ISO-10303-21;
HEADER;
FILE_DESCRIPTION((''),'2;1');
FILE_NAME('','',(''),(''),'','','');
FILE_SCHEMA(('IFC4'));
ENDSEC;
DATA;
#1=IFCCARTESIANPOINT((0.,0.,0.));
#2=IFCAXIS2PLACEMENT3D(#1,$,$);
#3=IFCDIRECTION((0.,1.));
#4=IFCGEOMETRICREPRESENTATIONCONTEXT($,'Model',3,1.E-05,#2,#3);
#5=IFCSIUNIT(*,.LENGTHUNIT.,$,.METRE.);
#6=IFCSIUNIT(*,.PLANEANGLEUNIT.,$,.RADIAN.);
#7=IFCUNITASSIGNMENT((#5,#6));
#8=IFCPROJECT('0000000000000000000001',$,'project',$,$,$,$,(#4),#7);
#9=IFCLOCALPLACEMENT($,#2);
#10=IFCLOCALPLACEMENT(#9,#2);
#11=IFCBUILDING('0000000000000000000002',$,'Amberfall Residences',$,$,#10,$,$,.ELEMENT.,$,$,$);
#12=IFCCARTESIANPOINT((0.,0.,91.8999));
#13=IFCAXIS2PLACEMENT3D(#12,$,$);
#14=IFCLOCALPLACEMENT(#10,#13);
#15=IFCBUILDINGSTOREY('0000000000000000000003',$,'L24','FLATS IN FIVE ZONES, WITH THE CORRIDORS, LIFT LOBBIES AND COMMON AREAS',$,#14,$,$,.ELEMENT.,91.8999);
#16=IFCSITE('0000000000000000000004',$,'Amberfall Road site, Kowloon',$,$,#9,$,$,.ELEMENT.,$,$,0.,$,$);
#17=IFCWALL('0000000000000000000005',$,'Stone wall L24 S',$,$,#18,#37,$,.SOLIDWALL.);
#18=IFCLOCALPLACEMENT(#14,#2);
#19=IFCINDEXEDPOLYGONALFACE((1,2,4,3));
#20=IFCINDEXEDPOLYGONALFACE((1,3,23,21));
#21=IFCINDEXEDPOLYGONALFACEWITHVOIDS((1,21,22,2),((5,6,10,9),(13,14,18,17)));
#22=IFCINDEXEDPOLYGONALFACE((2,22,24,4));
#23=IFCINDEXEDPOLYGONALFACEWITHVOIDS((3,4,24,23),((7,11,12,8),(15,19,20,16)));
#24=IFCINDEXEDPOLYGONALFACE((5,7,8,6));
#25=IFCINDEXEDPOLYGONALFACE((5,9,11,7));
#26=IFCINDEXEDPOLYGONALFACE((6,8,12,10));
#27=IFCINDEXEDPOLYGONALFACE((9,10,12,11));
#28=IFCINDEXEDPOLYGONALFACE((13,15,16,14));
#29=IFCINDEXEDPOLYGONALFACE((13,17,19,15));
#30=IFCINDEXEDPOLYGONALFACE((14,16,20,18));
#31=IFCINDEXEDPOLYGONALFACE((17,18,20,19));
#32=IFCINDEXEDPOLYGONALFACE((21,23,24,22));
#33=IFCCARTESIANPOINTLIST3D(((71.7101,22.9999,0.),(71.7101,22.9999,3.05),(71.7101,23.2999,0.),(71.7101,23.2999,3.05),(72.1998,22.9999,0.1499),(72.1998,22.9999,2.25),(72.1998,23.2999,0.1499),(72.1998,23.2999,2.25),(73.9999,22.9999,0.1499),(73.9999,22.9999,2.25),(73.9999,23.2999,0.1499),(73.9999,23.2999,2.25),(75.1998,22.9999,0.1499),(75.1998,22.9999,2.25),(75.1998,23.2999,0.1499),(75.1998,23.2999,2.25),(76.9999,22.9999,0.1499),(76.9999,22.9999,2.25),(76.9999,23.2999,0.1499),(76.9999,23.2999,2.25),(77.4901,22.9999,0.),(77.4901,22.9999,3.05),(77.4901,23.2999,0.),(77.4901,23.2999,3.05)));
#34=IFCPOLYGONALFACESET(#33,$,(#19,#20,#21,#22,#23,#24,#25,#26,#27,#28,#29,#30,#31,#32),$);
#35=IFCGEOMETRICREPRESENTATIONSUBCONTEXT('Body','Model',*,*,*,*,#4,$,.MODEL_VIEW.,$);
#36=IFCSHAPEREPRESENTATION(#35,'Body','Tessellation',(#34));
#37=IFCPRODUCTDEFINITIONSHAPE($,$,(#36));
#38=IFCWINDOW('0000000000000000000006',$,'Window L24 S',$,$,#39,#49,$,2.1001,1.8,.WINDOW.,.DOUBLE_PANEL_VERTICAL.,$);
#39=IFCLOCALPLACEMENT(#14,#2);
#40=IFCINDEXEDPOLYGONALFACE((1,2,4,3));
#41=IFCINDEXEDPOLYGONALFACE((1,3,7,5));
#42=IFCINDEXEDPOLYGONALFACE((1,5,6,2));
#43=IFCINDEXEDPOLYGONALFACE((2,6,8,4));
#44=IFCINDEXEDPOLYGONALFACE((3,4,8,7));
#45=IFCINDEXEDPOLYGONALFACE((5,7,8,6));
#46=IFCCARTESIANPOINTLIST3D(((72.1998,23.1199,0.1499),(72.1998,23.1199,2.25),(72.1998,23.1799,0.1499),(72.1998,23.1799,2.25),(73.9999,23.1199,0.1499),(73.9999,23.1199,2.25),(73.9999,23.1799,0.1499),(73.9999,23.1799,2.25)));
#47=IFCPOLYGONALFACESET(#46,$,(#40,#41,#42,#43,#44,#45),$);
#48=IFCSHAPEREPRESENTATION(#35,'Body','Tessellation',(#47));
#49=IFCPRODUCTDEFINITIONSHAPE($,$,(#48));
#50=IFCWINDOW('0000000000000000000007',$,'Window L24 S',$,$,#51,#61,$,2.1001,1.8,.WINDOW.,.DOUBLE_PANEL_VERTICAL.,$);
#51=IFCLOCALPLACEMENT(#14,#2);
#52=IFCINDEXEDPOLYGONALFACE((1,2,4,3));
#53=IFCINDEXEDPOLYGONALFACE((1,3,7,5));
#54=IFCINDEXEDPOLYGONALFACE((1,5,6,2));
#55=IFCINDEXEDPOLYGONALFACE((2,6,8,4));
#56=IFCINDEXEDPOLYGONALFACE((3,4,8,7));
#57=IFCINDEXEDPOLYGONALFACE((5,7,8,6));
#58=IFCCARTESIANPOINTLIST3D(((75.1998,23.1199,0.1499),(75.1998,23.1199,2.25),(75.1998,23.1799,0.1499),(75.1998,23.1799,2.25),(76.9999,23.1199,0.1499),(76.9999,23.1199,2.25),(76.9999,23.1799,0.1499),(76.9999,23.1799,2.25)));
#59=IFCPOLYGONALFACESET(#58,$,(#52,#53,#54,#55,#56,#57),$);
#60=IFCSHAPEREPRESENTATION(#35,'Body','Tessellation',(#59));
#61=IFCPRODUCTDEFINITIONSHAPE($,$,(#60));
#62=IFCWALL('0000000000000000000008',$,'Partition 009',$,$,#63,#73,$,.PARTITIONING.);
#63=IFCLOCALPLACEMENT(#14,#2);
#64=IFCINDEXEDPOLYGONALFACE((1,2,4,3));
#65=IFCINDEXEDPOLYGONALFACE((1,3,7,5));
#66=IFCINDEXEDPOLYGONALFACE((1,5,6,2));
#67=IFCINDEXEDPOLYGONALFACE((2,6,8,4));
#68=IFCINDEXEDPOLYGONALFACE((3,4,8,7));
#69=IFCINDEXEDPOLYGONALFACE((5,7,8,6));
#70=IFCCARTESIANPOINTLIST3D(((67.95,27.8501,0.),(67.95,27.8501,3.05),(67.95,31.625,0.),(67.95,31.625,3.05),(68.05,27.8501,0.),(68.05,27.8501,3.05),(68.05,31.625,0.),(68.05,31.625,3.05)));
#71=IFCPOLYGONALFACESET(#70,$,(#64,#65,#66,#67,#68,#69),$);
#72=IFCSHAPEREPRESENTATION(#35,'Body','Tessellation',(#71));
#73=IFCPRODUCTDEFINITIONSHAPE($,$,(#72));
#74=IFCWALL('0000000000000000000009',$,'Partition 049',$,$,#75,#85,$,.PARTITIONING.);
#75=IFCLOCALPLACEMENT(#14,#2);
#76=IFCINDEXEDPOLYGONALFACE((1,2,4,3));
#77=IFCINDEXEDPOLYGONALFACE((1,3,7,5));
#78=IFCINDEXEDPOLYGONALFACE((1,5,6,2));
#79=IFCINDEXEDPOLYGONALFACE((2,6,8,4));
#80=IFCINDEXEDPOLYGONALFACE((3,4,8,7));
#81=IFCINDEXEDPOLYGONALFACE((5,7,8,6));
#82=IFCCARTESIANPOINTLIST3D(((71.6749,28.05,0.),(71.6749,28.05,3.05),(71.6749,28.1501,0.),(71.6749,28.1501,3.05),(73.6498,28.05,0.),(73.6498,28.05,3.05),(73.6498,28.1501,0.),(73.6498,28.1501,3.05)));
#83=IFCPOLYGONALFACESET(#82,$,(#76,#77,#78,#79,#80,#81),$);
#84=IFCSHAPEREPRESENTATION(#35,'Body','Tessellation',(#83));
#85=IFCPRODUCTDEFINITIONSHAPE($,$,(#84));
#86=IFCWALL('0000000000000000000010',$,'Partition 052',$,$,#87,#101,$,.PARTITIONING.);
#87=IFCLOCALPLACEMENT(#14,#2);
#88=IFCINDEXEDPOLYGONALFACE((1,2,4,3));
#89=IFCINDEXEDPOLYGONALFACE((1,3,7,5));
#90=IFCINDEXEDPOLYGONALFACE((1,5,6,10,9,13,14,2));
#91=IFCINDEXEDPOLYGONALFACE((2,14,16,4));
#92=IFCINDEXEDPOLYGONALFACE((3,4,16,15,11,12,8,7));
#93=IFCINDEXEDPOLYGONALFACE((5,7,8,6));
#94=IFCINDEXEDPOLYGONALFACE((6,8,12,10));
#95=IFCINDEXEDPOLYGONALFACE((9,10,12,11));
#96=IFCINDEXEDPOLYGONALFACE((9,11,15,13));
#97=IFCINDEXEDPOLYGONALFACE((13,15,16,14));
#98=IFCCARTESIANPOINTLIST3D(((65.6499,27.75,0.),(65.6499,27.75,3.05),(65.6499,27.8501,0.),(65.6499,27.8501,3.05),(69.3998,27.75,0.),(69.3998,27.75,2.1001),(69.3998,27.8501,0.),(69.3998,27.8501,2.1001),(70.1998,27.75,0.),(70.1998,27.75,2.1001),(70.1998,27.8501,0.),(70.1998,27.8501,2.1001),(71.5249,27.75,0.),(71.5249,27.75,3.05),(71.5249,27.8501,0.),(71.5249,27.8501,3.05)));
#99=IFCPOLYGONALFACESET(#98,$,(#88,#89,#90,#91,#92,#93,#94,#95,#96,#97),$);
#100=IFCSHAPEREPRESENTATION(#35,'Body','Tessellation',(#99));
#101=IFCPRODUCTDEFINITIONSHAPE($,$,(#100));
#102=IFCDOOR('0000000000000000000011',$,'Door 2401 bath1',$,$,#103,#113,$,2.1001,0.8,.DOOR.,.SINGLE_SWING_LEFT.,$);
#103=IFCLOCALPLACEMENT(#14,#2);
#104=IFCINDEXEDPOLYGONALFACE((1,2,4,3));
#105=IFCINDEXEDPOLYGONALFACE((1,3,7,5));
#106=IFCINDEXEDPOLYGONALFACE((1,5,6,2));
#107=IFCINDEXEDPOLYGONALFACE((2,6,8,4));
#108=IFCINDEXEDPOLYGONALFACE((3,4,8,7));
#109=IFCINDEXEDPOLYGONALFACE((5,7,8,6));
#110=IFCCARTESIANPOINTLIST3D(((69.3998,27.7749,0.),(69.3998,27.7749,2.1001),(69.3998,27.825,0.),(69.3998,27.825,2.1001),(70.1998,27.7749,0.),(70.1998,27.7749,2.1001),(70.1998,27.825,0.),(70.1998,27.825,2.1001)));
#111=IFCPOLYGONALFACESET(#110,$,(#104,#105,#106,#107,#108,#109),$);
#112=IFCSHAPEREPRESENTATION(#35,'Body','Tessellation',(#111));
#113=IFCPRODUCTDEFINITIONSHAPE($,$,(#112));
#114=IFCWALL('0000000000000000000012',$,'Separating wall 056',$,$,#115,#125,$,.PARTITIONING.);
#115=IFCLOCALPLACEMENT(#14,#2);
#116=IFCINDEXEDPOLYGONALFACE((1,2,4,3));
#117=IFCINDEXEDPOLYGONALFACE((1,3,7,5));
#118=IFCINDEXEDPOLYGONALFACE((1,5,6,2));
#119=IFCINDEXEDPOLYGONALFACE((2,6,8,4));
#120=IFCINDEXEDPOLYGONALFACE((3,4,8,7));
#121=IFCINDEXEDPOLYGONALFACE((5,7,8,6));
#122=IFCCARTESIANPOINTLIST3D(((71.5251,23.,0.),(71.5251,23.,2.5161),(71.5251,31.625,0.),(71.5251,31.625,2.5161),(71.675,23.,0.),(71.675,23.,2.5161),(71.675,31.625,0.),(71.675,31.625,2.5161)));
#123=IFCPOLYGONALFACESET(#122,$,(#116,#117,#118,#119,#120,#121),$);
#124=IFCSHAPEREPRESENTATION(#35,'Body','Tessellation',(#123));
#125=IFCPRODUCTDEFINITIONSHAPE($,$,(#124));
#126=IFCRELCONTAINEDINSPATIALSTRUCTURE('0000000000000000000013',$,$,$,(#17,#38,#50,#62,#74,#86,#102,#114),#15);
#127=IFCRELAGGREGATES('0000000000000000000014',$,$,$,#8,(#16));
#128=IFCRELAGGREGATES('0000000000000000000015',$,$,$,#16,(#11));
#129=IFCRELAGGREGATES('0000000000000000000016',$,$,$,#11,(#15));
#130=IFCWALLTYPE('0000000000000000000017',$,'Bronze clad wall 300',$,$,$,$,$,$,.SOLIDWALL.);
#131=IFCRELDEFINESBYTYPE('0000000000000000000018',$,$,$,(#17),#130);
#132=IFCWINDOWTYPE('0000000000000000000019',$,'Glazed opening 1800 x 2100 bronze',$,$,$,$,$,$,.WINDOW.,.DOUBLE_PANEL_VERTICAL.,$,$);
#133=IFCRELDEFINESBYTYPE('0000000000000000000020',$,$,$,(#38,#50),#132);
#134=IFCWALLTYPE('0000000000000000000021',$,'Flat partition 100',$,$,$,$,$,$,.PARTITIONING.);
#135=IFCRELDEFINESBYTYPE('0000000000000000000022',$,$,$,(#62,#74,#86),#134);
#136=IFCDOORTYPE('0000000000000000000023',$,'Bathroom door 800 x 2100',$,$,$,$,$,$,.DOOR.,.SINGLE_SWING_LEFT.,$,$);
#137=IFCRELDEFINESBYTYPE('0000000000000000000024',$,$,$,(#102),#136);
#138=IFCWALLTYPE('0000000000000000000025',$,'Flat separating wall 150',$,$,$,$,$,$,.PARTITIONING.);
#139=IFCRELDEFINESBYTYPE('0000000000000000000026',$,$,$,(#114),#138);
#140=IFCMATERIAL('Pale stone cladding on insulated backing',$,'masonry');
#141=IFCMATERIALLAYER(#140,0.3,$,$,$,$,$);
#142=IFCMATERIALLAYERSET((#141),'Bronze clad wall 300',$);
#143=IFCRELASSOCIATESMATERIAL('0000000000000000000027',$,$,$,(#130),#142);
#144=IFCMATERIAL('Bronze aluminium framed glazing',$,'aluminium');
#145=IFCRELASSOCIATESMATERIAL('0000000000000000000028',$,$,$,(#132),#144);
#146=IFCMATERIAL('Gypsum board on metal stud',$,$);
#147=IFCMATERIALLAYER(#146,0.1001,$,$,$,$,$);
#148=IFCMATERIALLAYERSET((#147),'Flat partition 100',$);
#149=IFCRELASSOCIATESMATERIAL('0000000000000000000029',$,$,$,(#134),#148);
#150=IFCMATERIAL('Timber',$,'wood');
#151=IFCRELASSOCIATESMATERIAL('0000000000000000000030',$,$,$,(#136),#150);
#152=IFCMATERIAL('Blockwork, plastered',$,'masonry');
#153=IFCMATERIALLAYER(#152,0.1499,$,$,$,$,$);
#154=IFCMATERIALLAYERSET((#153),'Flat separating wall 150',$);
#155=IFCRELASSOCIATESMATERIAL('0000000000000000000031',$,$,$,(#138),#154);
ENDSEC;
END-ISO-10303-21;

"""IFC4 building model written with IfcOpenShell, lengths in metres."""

from ifc_helpers import new_model, si_unit, direction, frame, frame_2d, origin, place, context, subcontext, project, spatial, rectangle, extrude, material, layer, layer_set, type_object, element, fill, save


model = new_model("IFC4")

# Units and contexts
model_context = context("Model", 3, precision=1e-05, world=origin(), true_north=direction((0.0, 1.0)))
body_context = subcontext(model_context, "Body", "Model", "MODEL_VIEW")
ifc_project = project(units=[si_unit("LENGTHUNIT", "METRE"), si_unit("PLANEANGLEUNIT", "RADIAN")], contexts=[model_context])

# Site, building, storey
site_placement = place(None, origin())
site = spatial("IfcSite", under=ifc_project, at=site_placement, Name="Amberfall Road site, Kowloon", CompositionType="ELEMENT", RefElevation=0.0)
building_placement = place(site_placement, origin())
building = spatial("IfcBuilding", under=site, at=building_placement, Name="Amberfall Residences", CompositionType="ELEMENT")
storey_placement = place(building_placement, frame((0.0, 0.0, 91.8999)))
storey = spatial("IfcBuildingStorey", under=building, at=storey_placement, Name="L24", Description="FLATS IN FIVE ZONES, WITH THE CORRIDORS, LIFT LOBBIES AND COMMON AREAS", CompositionType="ELEMENT", Elevation=91.8999)

# Shared definitions
ifc_material_1 = material(Name="Pale stone cladding on insulated backing", Category="masonry")
ifc_layer_1 = layer(ifc_material_1, 0.3)
ifc_layer_set_1 = layer_set([ifc_layer_1], Name="Bronze clad wall 300")
wall_type_1 = type_object("IfcWallType", Name="Bronze clad wall 300", PredefinedType="SOLIDWALL", material=ifc_layer_set_1)

# Wall, openings, windows
ifc_material_2 = material(Name="Bronze aluminium framed glazing", Category="aluminium")
window_type = type_object("IfcWindowType", Name="Glazed opening 1800 x 2100 bronze", PartitioningType="DOUBLE_PANEL_VERTICAL", PredefinedType="WINDOW", material=ifc_material_2)
wall_1_placement = place(storey_placement, frame((71.71, 23.1499, 0.0), z_axis=(0.0, 0.0, 1.0), x_axis=(1.0, 0.0, 0.0)))
wall_1 = element("IfcWall", 1, at=wall_1_placement, inside=storey, type_object=wall_type_1, Name="Stone wall L24 S", PredefinedType="SOLIDWALL", context=body_context, shape_type="SweptSolid", body=[
    extrude(rectangle(XDim=5.78, YDim=0.3, at=frame_2d((2.8901, 0.0))), origin(), (0.0, 0.0, 1.0), 3.05),
])
opening_1_placement = place(wall_1_placement, frame((0.49, 0.0, 0.1499)))
opening_1 = element("IfcOpeningElement", 2, at=opening_1_placement, cuts=wall_1, PredefinedType="OPENING", context=body_context, shape_type="SweptSolid", body=[
    extrude(rectangle(XDim=1.8, YDim=2.1001, at=frame_2d((0.8999, 1.05))), frame((0.0, 0.1599, 0.0), z_axis=(0.0, -1.0, 0.0), x_axis=(1.0, 0.0, 0.0)), (0.0, 0.0, 1.0), 0.3201),
])
opening_2_placement = place(wall_1_placement, frame((3.49, 0.0, 0.1499)))
opening_2 = element("IfcOpeningElement", 3, at=opening_2_placement, cuts=wall_1, PredefinedType="OPENING", context=body_context, shape_type="SweptSolid", body=[
    extrude(rectangle(XDim=1.8, YDim=2.1001, at=frame_2d((0.8999, 1.05))), frame((0.0, 0.1599, 0.0), z_axis=(0.0, -1.0, 0.0), x_axis=(1.0, 0.0, 0.0)), (0.0, 0.0, 1.0), 0.3201),
])
window_1_placement = place(opening_1_placement, origin())
window_1 = element("IfcWindow", 4, at=window_1_placement, inside=storey, type_object=window_type, Name="Window L24 S", OverallHeight=2.1001, OverallWidth=1.8, PartitioningType="DOUBLE_PANEL_VERTICAL", PredefinedType="WINDOW", context=body_context, shape_type="SweptSolid", body=[
    extrude(rectangle(XDim=1.8, YDim=2.1001, at=frame_2d((0.8999, 1.05))), frame((0.0, 0.03, 0.0), z_axis=(0.0, -1.0, 0.0), x_axis=(1.0, 0.0, 0.0)), (0.0, 0.0, 1.0), 0.0601),
])
fill(opening_1, window_1)
window_2_placement = place(opening_2_placement, origin())
window_2 = element("IfcWindow", 5, at=window_2_placement, inside=storey, type_object=window_type, Name="Window L24 S", OverallHeight=2.1001, OverallWidth=1.8, PartitioningType="DOUBLE_PANEL_VERTICAL", PredefinedType="WINDOW", context=body_context, shape_type="SweptSolid", body=[
    extrude(rectangle(XDim=1.8, YDim=2.1001, at=frame_2d((0.8999, 1.05))), frame((0.0, 0.03, 0.0), z_axis=(0.0, -1.0, 0.0), x_axis=(1.0, 0.0, 0.0)), (0.0, 0.0, 1.0), 0.0601),
])
fill(opening_2, window_2)

# Walls
ifc_material_3 = material(Name="Gypsum board on metal stud")
ifc_layer_2 = layer(ifc_material_3, 0.1001)
ifc_layer_set_2 = layer_set([ifc_layer_2], Name="Flat partition 100")
wall_type_2 = type_object("IfcWallType", Name="Flat partition 100", PredefinedType="PARTITIONING", material=ifc_layer_set_2)
wall_2_placement = place(storey_placement, frame((68.0, 27.8501, 0.0), z_axis=(0.0, 0.0, 1.0), x_axis=(0.0, 1.0, 0.0)))
element("IfcWall", 6, at=wall_2_placement, inside=storey, type_object=wall_type_2, Name="Partition 009", PredefinedType="PARTITIONING", context=body_context, shape_type="SweptSolid", body=[
    extrude(rectangle(XDim=3.7749, YDim=0.1001, at=frame_2d((1.8875, 0.0))), origin(), (0.0, 0.0, 1.0), 3.05),
])
wall_3_placement = place(storey_placement, frame((71.675, 28.1001, 0.0), z_axis=(0.0, 0.0, 1.0), x_axis=(1.0, 0.0, 0.0)))
element("IfcWall", 7, at=wall_3_placement, inside=storey, type_object=wall_type_2, Name="Partition 049", PredefinedType="PARTITIONING", context=body_context, shape_type="SweptSolid", body=[
    extrude(rectangle(XDim=1.9749, YDim=0.1001, at=frame_2d((0.9873, 0.0))), origin(), (0.0, 0.0, 1.0), 3.05),
])

# Wall, opening, door
wall_4_placement = place(storey_placement, frame((65.6499, 27.8, 0.0), z_axis=(0.0, 0.0, 1.0), x_axis=(1.0, 0.0, 0.0)))
wall_4 = element("IfcWall", 8, at=wall_4_placement, inside=storey, type_object=wall_type_2, Name="Partition 052", PredefinedType="PARTITIONING", context=body_context, shape_type="SweptSolid", body=[
    extrude(rectangle(XDim=5.875, YDim=0.1001, at=frame_2d((2.9375, 0.0))), origin(), (0.0, 0.0, 1.0), 3.05),
])
opening_3_placement = place(wall_4_placement, frame((3.75, 0.0, 0.0)))
opening_3 = element("IfcOpeningElement", 9, at=opening_3_placement, cuts=wall_4, PredefinedType="OPENING", context=body_context, shape_type="SweptSolid", body=[
    extrude(rectangle(XDim=0.8, YDim=2.1001, at=frame_2d((0.3999, 1.05))), frame((0.0, 0.0601, 0.0), z_axis=(0.0, -1.0, 0.0), x_axis=(1.0, 0.0, 0.0)), (0.0, 0.0, 1.0), 0.1201),
])
ifc_material_4 = material(Name="Timber", Category="wood")
door_type = type_object("IfcDoorType", Name="Bathroom door 800 x 2100", OperationType="SINGLE_SWING_LEFT", PredefinedType="DOOR", material=ifc_material_4)
door_placement = place(opening_3_placement, origin())
door = element("IfcDoor", 10, at=door_placement, inside=storey, type_object=door_type, Name="Door 2401 bath1", OperationType="SINGLE_SWING_LEFT", OverallHeight=2.1001, OverallWidth=0.8, PredefinedType="DOOR", context=body_context, shape_type="SweptSolid", body=[
    extrude(rectangle(XDim=0.8, YDim=2.1001, at=frame_2d((0.3999, 1.05))), frame((0.0, 0.0249, 0.0), z_axis=(0.0, -1.0, 0.0), x_axis=(1.0, 0.0, 0.0)), (0.0, 0.0, 1.0), 0.05),
])
fill(opening_3, door)

# Wall
ifc_material_5 = material(Name="Blockwork, plastered", Category="masonry")
ifc_layer_3 = layer(ifc_material_5, 0.1499)
ifc_layer_set_3 = layer_set([ifc_layer_3], Name="Flat separating wall 150")
wall_type_3 = type_object("IfcWallType", Name="Flat separating wall 150", PredefinedType="PARTITIONING", material=ifc_layer_set_3)
wall_5_placement = place(storey_placement, frame((71.6001, 23.0, 0.0), z_axis=(0.0, 0.0, 1.0), x_axis=(0.0, 1.0, 0.0)))
element("IfcWall", 11, at=wall_5_placement, inside=storey, type_object=wall_type_3, Name="Separating wall 056", PredefinedType="PARTITIONING", context=body_context, shape_type="SweptSolid", body=[
    extrude(rectangle(XDim=8.625, YDim=0.1499, at=frame_2d((4.3125, 0.0))), origin(), (0.0, 0.0, 1.0), 2.5161),
])

save(model, "model.ifc")
